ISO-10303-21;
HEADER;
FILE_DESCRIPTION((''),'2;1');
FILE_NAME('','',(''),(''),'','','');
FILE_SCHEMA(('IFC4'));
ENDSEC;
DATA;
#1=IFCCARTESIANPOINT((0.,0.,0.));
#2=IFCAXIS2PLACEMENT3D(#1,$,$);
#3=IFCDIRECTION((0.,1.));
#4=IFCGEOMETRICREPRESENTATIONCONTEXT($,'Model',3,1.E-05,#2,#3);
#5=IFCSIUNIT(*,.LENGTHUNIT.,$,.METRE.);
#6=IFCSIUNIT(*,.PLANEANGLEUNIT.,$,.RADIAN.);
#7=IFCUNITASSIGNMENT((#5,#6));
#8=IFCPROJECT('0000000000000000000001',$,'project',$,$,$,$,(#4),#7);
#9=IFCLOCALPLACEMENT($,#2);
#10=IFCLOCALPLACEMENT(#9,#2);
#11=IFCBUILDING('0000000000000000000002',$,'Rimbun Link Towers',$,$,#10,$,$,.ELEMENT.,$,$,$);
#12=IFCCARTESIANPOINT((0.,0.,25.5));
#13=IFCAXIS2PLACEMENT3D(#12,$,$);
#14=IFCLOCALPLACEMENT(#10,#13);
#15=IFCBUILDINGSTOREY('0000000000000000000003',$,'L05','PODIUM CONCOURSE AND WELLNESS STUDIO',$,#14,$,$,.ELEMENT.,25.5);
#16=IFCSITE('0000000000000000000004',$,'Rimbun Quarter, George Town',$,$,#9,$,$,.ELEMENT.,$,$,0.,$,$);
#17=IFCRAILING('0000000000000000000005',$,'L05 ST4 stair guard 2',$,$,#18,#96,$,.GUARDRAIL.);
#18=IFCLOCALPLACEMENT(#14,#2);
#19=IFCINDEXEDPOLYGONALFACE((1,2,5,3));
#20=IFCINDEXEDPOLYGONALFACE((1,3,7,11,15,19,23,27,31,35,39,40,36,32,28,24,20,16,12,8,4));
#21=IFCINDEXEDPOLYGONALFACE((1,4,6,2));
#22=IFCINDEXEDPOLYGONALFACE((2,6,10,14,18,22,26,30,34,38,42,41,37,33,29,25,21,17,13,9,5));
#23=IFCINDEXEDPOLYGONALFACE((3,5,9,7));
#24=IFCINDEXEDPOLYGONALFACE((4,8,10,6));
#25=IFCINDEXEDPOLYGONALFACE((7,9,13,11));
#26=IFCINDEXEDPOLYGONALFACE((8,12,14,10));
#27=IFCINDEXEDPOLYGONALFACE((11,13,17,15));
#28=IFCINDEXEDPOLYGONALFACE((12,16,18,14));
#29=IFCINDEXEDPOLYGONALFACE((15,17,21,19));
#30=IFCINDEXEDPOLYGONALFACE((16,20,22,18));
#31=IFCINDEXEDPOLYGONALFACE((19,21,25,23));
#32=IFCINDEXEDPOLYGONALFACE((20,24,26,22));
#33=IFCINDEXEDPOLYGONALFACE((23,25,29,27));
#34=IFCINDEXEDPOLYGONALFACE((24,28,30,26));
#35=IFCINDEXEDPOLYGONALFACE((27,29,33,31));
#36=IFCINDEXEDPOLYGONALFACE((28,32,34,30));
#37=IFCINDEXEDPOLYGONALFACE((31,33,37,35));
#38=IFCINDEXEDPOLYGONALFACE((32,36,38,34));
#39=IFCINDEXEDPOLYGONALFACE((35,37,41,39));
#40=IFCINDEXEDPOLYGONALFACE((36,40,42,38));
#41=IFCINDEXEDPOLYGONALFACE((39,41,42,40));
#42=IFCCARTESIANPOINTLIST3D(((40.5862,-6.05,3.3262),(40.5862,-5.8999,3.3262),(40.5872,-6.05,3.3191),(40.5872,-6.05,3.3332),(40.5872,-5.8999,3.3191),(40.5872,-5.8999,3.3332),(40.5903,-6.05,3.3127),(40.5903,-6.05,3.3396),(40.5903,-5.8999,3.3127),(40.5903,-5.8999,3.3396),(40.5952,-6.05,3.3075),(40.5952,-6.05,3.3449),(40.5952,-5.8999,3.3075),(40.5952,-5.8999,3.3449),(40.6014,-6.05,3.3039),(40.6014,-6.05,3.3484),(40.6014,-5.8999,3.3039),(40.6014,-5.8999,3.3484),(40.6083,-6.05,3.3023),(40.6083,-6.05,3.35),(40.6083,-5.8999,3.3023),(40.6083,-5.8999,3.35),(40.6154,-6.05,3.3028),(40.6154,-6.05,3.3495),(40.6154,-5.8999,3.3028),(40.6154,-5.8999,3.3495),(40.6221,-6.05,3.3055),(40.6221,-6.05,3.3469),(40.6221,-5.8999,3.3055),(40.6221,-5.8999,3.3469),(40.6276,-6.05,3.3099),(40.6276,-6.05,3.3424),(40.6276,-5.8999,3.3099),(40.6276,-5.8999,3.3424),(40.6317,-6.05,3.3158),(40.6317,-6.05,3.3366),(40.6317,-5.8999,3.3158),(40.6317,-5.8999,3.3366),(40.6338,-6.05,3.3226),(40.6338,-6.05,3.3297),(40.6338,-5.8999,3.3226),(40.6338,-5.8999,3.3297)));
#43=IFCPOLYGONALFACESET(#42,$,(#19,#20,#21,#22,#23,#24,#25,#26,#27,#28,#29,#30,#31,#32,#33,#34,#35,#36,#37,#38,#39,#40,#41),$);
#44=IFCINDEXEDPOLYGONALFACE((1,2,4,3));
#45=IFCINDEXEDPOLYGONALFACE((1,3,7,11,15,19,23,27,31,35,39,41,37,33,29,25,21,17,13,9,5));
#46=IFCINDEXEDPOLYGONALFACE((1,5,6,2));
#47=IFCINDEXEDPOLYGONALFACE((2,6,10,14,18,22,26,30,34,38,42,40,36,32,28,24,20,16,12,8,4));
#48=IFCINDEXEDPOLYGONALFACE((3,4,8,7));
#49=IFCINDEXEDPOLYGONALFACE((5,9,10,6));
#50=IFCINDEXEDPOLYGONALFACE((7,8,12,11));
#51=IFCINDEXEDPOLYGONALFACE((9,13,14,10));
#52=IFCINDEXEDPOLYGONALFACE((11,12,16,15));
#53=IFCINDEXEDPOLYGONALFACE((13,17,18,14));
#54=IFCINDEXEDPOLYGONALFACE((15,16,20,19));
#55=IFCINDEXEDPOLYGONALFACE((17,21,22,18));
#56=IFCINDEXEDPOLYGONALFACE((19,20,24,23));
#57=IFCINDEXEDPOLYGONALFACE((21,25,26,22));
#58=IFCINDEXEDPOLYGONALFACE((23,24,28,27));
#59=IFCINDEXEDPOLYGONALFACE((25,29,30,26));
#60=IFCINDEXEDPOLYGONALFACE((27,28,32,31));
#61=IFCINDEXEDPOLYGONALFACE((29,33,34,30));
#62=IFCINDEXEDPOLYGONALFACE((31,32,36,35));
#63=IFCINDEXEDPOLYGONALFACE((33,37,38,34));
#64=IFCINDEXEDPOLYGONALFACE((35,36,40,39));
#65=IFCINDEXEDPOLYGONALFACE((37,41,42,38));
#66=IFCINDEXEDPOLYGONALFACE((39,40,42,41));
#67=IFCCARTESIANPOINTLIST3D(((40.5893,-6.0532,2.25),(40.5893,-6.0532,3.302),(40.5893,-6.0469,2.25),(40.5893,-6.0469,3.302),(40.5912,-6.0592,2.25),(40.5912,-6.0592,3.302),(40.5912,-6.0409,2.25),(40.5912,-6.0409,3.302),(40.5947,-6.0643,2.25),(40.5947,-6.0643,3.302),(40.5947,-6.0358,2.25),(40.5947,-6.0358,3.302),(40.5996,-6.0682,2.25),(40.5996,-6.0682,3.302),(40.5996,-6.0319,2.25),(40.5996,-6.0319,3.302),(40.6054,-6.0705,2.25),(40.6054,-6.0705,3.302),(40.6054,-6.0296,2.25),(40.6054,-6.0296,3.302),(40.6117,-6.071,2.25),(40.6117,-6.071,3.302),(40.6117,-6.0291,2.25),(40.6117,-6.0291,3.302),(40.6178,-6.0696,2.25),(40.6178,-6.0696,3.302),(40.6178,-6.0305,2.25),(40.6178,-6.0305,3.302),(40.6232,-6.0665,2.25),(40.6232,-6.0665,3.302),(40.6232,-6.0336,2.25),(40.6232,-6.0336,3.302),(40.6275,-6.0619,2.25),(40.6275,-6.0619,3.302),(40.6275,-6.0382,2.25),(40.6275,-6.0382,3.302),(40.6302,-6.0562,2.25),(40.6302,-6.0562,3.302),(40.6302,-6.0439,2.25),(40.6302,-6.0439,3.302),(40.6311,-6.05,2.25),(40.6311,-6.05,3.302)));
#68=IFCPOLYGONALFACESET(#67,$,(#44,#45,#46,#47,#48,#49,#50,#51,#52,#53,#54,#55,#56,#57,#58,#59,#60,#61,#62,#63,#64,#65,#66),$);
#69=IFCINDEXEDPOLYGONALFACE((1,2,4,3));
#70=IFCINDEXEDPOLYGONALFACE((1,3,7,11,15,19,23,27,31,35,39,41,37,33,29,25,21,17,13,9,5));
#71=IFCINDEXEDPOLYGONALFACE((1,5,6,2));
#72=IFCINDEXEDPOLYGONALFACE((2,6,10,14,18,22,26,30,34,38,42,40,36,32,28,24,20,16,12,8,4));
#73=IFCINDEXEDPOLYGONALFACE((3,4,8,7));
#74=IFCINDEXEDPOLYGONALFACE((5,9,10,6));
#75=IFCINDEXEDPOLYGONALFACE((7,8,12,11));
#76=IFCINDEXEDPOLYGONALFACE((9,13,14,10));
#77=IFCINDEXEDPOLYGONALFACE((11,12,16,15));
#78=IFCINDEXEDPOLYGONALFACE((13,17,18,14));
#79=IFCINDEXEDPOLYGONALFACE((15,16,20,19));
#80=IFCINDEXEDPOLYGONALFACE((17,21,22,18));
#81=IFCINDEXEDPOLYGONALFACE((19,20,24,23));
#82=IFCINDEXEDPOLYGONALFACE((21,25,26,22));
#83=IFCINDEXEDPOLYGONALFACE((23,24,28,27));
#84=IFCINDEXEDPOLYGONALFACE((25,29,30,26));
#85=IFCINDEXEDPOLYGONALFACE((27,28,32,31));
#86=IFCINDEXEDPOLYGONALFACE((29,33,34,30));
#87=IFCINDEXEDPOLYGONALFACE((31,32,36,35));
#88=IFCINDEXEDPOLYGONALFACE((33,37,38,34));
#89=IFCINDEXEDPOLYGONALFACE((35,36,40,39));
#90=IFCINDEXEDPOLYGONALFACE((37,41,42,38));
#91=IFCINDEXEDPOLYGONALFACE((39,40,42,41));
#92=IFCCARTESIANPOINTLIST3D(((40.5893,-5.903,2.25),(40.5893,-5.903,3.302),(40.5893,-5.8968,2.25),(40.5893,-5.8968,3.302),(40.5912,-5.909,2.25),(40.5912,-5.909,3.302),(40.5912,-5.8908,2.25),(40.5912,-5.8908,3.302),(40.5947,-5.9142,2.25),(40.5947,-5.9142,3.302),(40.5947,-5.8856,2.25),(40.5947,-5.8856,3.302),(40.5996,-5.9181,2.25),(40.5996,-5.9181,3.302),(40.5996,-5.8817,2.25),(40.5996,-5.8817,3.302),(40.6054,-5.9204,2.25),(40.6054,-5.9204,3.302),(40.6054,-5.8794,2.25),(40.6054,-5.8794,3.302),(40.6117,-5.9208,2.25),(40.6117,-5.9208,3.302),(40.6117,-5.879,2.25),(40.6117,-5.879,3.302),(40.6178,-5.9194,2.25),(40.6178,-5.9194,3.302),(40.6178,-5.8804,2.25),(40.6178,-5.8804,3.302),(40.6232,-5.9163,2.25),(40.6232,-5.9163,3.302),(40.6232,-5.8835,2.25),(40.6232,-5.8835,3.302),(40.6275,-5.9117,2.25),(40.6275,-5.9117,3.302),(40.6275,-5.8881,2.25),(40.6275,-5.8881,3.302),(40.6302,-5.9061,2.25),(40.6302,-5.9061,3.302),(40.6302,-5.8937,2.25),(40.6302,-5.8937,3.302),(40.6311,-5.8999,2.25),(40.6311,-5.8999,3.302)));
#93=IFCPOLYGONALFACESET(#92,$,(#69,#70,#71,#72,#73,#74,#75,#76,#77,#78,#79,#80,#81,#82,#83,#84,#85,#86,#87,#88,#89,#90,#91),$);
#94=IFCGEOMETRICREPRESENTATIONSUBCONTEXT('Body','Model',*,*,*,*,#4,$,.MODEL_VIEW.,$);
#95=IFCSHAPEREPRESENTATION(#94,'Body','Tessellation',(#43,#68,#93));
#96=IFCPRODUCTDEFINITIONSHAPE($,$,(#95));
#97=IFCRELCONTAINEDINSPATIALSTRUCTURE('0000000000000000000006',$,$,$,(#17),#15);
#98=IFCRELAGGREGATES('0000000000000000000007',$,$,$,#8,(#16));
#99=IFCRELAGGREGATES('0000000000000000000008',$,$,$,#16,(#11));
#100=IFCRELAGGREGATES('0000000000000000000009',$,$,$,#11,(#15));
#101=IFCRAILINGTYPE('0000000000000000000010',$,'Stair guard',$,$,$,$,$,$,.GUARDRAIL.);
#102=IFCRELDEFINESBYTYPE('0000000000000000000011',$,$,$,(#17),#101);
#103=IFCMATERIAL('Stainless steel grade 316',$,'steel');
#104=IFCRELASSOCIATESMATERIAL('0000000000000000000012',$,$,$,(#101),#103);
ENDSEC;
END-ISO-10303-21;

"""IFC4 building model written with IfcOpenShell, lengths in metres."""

from ifc_helpers import new_model, si_unit, direction, frame, origin, origin_2d, place, context, subcontext, project, spatial, circle, extrude, material, type_object, element, save


model = new_model("IFC4")

# Units and contexts
model_context = context("Model", 3, precision=1e-05, world=origin(), true_north=direction((0.0, 1.0)))
body_context = subcontext(model_context, "Body", "Model", "MODEL_VIEW")
ifc_project = project(units=[si_unit("LENGTHUNIT", "METRE"), si_unit("PLANEANGLEUNIT", "RADIAN")], contexts=[model_context])

# Site, building, storey
site_placement = place(None, origin())
site = spatial("IfcSite", under=ifc_project, at=site_placement, Name="Rimbun Quarter, George Town", CompositionType="ELEMENT", RefElevation=0.0)
building_placement = place(site_placement, origin())
building = spatial("IfcBuilding", under=site, at=building_placement, Name="Rimbun Link Towers", CompositionType="ELEMENT")
storey_placement = place(building_placement, frame((0.0, 0.0, 25.5)))
storey = spatial("IfcBuildingStorey", under=building, at=storey_placement, Name="L05", Description="PODIUM CONCOURSE AND WELLNESS STUDIO", CompositionType="ELEMENT", Elevation=25.5)

# Railing
ifc_material_1 = material(Name="Stainless steel grade 316", Category="steel")
railing_type_1 = type_object("IfcRailingType", Name="Stair guard", PredefinedType="GUARDRAIL", material=ifc_material_1)
railing_1_placement = place(storey_placement, frame((40.6101, -6.05, 2.25)))
element("IfcRailing", 1, at=railing_1_placement, inside=storey, type_object=railing_type_1, Name="L05 ST4 stair guard 2", PredefinedType="GUARDRAIL", context=body_context, shape_type="SweptSolid", body=[
    extrude(circle(Radius=0.0239, at=origin_2d()), frame((0.0, 0.0, 1.0762), z_axis=(0.0, 1.0, 0.0), x_axis=(-1.0, 0.0, 0.0)), (0.0, 0.0, 1.0), 0.1501),
    extrude(circle(Radius=0.021, at=origin_2d()), origin(), (0.0, 0.0, 1.0), 1.052),
    extrude(circle(Radius=0.021, at=origin_2d()), frame((0.0, 0.1501, 0.0)), (0.0, 0.0, 1.0), 1.052),
])

save(model, "model.ifc")
